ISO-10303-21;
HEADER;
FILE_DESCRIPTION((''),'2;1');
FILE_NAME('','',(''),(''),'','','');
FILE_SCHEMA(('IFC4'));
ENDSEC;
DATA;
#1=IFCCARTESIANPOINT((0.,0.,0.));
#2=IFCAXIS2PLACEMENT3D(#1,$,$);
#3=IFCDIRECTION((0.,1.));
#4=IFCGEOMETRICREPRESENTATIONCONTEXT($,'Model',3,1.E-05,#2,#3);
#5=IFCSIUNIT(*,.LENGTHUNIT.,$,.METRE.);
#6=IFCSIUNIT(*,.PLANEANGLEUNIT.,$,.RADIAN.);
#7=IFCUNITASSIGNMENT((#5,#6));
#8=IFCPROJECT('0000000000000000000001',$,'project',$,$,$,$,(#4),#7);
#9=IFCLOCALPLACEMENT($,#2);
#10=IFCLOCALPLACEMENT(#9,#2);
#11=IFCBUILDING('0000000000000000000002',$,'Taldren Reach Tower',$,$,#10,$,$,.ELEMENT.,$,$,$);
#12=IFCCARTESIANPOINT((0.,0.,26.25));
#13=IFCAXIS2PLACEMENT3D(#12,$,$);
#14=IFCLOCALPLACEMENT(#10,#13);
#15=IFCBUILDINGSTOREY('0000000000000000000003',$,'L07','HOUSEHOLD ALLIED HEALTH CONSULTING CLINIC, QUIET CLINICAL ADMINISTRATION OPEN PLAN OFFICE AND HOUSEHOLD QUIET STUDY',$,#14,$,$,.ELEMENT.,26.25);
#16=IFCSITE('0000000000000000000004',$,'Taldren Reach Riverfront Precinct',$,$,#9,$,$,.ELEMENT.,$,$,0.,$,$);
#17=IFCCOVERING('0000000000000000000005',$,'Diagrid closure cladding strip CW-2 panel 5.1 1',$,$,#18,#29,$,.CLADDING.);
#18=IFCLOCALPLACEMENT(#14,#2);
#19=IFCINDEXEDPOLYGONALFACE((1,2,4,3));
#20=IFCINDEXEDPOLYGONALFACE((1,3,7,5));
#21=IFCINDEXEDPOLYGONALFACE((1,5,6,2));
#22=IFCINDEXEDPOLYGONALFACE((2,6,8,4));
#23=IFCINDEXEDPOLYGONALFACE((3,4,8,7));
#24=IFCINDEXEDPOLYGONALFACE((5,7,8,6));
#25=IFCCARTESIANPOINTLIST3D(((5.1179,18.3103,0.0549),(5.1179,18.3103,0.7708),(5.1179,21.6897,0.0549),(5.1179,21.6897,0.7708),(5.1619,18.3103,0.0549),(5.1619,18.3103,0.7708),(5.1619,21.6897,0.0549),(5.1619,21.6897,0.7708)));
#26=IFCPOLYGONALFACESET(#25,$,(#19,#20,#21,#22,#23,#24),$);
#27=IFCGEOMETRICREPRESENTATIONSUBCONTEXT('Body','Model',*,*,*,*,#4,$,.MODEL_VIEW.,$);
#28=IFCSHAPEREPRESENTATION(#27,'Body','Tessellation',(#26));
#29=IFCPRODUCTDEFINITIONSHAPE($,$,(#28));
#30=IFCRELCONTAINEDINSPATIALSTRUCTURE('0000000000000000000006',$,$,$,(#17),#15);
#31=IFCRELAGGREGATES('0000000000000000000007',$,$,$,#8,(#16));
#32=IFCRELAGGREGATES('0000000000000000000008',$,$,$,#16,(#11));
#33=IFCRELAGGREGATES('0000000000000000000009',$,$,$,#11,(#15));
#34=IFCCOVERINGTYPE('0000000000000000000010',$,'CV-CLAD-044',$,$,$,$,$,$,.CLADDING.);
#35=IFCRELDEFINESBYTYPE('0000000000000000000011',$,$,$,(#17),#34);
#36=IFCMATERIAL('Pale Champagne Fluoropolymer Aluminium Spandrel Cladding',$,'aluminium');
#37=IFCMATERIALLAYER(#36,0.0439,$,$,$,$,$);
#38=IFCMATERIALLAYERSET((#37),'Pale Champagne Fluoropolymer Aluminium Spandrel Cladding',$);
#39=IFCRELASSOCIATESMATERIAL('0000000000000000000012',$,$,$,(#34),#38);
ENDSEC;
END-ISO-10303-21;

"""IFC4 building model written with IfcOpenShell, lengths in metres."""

from ifc_helpers import new_model, si_unit, direction, frame, origin, origin_2d, place, context, subcontext, project, spatial, rectangle, extrude, source, transform, mapped, material, layer, layer_set, type_object, element, save


model = new_model("IFC4")

# Units and contexts
model_context = context("Model", 3, precision=1e-05, world=origin(), true_north=direction((0.0, 1.0)))
body_context = subcontext(model_context, "Body", "Model", "MODEL_VIEW")
ifc_project = project(units=[si_unit("LENGTHUNIT", "METRE"), si_unit("PLANEANGLEUNIT", "RADIAN")], contexts=[model_context])

# Site, building, storey
site_placement = place(None, origin())
site = spatial("IfcSite", under=ifc_project, at=site_placement, Name="Taldren Reach Riverfront Precinct", CompositionType="ELEMENT", RefElevation=0.0)
building_placement = place(site_placement, origin())
building = spatial("IfcBuilding", under=site, at=building_placement, Name="Taldren Reach Tower", CompositionType="ELEMENT")
storey_placement = place(building_placement, frame((0.0, 0.0, 26.25)))
storey = spatial("IfcBuildingStorey", under=building, at=storey_placement, Name="L07", Description="HOUSEHOLD ALLIED HEALTH CONSULTING CLINIC, QUIET CLINICAL ADMINISTRATION OPEN PLAN OFFICE AND HOUSEHOLD QUIET STUDY", CompositionType="ELEMENT", Elevation=26.25)

# Covering
ifc_material_1 = material(Name="Pale Champagne Fluoropolymer Aluminium Spandrel Cladding", Category="aluminium")
ifc_layer_1 = layer(ifc_material_1, 0.0439)
ifc_layer_set_1 = layer_set([ifc_layer_1], Name="Pale Champagne Fluoropolymer Aluminium Spandrel Cladding")
covering_type = type_object("IfcCoveringType", Name="CV-CLAD-044", PredefinedType="CLADDING", material=ifc_layer_set_1)
shared_shape_1 = source(origin(), body_context, "Body", "SweptSolid", [
    extrude(rectangle(XDim=3.3794, YDim=0.0439, at=origin_2d()), origin(), (0.0, 0.0, 1.0), 0.7158),
])
covering_placement = place(storey_placement, frame((5.1399, 20.0, 0.0549), z_axis=(0.0, 0.0, 1.0), x_axis=(0.0, -1.0, 0.0)))
element("IfcCovering", 1, at=covering_placement, inside=storey, type_object=covering_type, Name="Diagrid closure cladding strip CW-2 panel 5.1 1", PredefinedType="CLADDING", context=body_context, shape_type="MappedRepresentation", body=[
    mapped(shared_shape_1, transform((0.0, 0.0, 0.0), scale=1.0)),
])

save(model, "model.ifc")
